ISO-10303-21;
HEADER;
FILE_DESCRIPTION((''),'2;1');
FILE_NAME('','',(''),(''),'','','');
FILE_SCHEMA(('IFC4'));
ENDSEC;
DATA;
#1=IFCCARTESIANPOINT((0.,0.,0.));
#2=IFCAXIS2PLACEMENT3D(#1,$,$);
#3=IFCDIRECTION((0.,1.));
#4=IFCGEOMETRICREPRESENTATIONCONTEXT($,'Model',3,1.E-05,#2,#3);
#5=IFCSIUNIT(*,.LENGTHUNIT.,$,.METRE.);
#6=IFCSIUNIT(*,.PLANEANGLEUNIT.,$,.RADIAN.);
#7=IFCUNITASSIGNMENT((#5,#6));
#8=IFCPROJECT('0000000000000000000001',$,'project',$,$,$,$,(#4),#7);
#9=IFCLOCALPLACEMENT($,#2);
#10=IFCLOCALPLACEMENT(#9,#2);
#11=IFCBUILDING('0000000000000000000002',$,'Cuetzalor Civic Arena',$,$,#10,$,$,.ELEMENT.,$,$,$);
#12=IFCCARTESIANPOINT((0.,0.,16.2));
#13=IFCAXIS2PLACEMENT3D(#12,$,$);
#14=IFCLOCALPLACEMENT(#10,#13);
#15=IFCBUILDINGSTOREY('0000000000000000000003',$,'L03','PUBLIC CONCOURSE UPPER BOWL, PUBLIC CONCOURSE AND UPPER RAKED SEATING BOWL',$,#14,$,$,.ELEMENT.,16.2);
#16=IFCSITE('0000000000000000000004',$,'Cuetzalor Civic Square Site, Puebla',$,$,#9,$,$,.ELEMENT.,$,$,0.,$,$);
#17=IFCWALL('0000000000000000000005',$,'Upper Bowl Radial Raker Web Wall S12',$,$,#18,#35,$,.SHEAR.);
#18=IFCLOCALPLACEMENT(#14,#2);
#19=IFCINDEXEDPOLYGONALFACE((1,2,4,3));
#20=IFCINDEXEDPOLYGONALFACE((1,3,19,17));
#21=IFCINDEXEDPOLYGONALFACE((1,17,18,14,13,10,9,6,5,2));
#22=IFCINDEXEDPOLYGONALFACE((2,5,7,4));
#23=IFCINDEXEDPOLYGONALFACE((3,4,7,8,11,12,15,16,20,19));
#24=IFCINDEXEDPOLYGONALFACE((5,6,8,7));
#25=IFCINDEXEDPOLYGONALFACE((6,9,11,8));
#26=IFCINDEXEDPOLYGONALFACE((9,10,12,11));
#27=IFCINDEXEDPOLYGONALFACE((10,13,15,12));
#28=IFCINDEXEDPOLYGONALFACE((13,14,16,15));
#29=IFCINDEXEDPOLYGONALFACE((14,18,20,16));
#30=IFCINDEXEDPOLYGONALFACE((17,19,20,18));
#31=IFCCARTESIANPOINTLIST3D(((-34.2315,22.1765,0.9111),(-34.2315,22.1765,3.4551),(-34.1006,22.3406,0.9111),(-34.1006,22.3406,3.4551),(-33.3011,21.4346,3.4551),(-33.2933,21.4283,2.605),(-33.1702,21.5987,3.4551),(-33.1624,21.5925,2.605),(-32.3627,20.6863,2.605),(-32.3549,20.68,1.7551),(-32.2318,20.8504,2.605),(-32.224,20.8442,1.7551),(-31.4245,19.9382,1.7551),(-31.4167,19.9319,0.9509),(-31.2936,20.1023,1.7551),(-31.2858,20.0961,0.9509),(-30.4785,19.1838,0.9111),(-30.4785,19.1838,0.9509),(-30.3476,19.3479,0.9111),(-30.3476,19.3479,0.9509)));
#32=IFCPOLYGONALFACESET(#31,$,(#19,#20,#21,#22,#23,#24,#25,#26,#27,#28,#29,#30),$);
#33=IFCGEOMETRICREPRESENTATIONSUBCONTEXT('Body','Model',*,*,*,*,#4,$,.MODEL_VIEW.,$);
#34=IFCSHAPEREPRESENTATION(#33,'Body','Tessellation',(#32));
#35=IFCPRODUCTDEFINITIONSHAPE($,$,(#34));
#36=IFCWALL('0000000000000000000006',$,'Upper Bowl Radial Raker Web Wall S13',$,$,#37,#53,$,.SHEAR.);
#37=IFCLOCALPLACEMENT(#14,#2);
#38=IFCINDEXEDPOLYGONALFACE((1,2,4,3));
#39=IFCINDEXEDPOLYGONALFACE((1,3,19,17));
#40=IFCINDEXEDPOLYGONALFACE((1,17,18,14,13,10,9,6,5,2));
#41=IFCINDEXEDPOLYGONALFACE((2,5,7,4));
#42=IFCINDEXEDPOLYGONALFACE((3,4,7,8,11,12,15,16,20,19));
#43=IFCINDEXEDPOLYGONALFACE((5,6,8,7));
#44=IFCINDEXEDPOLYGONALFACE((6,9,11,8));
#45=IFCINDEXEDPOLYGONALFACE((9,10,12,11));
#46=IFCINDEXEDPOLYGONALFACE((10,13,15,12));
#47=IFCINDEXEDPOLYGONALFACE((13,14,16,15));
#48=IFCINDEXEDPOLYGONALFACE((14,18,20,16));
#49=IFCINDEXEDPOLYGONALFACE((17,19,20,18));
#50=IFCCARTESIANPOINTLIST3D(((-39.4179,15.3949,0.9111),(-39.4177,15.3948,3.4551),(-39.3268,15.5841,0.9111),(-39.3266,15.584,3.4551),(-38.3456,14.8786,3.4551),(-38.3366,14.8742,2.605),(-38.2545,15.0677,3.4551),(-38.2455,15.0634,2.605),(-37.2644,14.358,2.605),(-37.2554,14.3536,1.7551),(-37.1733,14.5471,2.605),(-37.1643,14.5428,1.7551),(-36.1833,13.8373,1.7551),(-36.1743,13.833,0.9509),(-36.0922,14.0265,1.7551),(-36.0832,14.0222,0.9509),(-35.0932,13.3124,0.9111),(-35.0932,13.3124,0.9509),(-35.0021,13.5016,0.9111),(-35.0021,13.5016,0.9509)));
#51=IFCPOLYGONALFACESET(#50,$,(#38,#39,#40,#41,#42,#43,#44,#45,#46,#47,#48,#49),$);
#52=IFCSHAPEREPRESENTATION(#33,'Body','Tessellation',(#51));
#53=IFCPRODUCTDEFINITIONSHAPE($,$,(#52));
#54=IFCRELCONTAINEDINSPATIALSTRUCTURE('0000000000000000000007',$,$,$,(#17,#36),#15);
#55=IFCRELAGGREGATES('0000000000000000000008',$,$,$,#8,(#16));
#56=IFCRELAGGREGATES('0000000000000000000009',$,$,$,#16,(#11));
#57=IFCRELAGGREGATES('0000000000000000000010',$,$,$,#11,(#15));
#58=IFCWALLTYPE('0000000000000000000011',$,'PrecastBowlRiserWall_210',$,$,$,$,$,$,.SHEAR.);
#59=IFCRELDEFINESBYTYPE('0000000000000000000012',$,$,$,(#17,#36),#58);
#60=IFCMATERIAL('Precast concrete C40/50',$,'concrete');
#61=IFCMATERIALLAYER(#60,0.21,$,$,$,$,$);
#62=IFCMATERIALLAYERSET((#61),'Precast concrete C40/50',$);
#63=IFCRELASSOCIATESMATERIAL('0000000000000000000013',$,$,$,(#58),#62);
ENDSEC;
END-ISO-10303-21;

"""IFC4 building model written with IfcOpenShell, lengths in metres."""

from ifc_helpers import new_model, si_unit, direction, frame, origin, place, context, subcontext, project, spatial, polyline, outline, extrude, material, layer, layer_set, type_object, element, save


model = new_model("IFC4")

# Units and contexts
model_context = context("Model", 3, precision=1e-05, world=origin(), true_north=direction((0.0, 1.0)))
body_context = subcontext(model_context, "Body", "Model", "MODEL_VIEW")
ifc_project = project(units=[si_unit("LENGTHUNIT", "METRE"), si_unit("PLANEANGLEUNIT", "RADIAN")], contexts=[model_context])

# Site, building, storey
site_placement = place(None, origin())
site = spatial("IfcSite", under=ifc_project, at=site_placement, Name="Cuetzalor Civic Square Site, Puebla", CompositionType="ELEMENT", RefElevation=0.0)
building_placement = place(site_placement, origin())
building = spatial("IfcBuilding", under=site, at=building_placement, Name="Cuetzalor Civic Arena", CompositionType="ELEMENT")
storey_placement = place(building_placement, frame((0.0, 0.0, 16.2)))
storey = spatial("IfcBuildingStorey", under=building, at=storey_placement, Name="L03", Description="PUBLIC CONCOURSE UPPER BOWL, PUBLIC CONCOURSE AND UPPER RAKED SEATING BOWL", CompositionType="ELEMENT", Elevation=16.2)

# Walls
ifc_material_1 = material(Name="Precast concrete C40/50", Category="concrete")
ifc_layer = layer(ifc_material_1, 0.21)
ifc_layer_set = layer_set([ifc_layer], Name="Precast concrete C40/50")
wall_type = type_object("IfcWallType", Name="PrecastBowlRiserWall_210", PredefinedType="SHEAR", material=ifc_layer_set)
wall_1_placement = place(storey_placement, frame((-30.4131, 19.2659, 0.9111), z_axis=(0.0, 0.0, 1.0), x_axis=(-0.78185, 0.623466, 0.0)))
element("IfcWall", 1, at=wall_1_placement, inside=storey, type_object=wall_type, Name="Upper Bowl Radial Raker Web Wall S12", PredefinedType="SHEAR", context=body_context, shape_type="SweptSolid", body=[
    extrude(outline(polyline([(0.0, 0.0), (4.8, 0.0), (4.8, 2.5439), (3.6101, 2.5439), (3.6001, 1.6938), (2.4099, 1.6938), (2.3999, 0.844), (1.21, 0.844), (1.2, 0.0398), (0.0, 0.0398), (0.0, 0.0)])), frame((0.0, 0.105, 0.0), z_axis=(0.0, -1.0, 0.0), x_axis=(1.0, 0.0, 0.0)), (0.0, 0.0, 1.0), 0.21),
])
wall_2_placement = place(storey_placement, frame((-35.0476, 13.407, 0.9111), z_axis=(0.0, 0.0, 1.0), x_axis=(-0.900981, 0.433858, 0.0)))
element("IfcWall", 2, at=wall_2_placement, inside=storey, type_object=wall_type, Name="Upper Bowl Radial Raker Web Wall S13", PredefinedType="SHEAR", context=body_context, shape_type="SweptSolid", body=[
    extrude(outline(polyline([(0.0, 0.0), (4.8, 0.0), (4.7998, 2.5439), (3.6099, 2.5439), (3.5999, 1.6938), (2.4099, 1.6938), (2.3999, 0.844), (1.21, 0.844), (1.2, 0.0398), (0.0, 0.0398), (0.0, 0.0)])), frame((0.0, 0.105, 0.0), z_axis=(0.0, -1.0, 0.0), x_axis=(1.0, 0.0, 0.0)), (0.0, 0.0, 1.0), 0.21),
])

save(model, "model.ifc")
